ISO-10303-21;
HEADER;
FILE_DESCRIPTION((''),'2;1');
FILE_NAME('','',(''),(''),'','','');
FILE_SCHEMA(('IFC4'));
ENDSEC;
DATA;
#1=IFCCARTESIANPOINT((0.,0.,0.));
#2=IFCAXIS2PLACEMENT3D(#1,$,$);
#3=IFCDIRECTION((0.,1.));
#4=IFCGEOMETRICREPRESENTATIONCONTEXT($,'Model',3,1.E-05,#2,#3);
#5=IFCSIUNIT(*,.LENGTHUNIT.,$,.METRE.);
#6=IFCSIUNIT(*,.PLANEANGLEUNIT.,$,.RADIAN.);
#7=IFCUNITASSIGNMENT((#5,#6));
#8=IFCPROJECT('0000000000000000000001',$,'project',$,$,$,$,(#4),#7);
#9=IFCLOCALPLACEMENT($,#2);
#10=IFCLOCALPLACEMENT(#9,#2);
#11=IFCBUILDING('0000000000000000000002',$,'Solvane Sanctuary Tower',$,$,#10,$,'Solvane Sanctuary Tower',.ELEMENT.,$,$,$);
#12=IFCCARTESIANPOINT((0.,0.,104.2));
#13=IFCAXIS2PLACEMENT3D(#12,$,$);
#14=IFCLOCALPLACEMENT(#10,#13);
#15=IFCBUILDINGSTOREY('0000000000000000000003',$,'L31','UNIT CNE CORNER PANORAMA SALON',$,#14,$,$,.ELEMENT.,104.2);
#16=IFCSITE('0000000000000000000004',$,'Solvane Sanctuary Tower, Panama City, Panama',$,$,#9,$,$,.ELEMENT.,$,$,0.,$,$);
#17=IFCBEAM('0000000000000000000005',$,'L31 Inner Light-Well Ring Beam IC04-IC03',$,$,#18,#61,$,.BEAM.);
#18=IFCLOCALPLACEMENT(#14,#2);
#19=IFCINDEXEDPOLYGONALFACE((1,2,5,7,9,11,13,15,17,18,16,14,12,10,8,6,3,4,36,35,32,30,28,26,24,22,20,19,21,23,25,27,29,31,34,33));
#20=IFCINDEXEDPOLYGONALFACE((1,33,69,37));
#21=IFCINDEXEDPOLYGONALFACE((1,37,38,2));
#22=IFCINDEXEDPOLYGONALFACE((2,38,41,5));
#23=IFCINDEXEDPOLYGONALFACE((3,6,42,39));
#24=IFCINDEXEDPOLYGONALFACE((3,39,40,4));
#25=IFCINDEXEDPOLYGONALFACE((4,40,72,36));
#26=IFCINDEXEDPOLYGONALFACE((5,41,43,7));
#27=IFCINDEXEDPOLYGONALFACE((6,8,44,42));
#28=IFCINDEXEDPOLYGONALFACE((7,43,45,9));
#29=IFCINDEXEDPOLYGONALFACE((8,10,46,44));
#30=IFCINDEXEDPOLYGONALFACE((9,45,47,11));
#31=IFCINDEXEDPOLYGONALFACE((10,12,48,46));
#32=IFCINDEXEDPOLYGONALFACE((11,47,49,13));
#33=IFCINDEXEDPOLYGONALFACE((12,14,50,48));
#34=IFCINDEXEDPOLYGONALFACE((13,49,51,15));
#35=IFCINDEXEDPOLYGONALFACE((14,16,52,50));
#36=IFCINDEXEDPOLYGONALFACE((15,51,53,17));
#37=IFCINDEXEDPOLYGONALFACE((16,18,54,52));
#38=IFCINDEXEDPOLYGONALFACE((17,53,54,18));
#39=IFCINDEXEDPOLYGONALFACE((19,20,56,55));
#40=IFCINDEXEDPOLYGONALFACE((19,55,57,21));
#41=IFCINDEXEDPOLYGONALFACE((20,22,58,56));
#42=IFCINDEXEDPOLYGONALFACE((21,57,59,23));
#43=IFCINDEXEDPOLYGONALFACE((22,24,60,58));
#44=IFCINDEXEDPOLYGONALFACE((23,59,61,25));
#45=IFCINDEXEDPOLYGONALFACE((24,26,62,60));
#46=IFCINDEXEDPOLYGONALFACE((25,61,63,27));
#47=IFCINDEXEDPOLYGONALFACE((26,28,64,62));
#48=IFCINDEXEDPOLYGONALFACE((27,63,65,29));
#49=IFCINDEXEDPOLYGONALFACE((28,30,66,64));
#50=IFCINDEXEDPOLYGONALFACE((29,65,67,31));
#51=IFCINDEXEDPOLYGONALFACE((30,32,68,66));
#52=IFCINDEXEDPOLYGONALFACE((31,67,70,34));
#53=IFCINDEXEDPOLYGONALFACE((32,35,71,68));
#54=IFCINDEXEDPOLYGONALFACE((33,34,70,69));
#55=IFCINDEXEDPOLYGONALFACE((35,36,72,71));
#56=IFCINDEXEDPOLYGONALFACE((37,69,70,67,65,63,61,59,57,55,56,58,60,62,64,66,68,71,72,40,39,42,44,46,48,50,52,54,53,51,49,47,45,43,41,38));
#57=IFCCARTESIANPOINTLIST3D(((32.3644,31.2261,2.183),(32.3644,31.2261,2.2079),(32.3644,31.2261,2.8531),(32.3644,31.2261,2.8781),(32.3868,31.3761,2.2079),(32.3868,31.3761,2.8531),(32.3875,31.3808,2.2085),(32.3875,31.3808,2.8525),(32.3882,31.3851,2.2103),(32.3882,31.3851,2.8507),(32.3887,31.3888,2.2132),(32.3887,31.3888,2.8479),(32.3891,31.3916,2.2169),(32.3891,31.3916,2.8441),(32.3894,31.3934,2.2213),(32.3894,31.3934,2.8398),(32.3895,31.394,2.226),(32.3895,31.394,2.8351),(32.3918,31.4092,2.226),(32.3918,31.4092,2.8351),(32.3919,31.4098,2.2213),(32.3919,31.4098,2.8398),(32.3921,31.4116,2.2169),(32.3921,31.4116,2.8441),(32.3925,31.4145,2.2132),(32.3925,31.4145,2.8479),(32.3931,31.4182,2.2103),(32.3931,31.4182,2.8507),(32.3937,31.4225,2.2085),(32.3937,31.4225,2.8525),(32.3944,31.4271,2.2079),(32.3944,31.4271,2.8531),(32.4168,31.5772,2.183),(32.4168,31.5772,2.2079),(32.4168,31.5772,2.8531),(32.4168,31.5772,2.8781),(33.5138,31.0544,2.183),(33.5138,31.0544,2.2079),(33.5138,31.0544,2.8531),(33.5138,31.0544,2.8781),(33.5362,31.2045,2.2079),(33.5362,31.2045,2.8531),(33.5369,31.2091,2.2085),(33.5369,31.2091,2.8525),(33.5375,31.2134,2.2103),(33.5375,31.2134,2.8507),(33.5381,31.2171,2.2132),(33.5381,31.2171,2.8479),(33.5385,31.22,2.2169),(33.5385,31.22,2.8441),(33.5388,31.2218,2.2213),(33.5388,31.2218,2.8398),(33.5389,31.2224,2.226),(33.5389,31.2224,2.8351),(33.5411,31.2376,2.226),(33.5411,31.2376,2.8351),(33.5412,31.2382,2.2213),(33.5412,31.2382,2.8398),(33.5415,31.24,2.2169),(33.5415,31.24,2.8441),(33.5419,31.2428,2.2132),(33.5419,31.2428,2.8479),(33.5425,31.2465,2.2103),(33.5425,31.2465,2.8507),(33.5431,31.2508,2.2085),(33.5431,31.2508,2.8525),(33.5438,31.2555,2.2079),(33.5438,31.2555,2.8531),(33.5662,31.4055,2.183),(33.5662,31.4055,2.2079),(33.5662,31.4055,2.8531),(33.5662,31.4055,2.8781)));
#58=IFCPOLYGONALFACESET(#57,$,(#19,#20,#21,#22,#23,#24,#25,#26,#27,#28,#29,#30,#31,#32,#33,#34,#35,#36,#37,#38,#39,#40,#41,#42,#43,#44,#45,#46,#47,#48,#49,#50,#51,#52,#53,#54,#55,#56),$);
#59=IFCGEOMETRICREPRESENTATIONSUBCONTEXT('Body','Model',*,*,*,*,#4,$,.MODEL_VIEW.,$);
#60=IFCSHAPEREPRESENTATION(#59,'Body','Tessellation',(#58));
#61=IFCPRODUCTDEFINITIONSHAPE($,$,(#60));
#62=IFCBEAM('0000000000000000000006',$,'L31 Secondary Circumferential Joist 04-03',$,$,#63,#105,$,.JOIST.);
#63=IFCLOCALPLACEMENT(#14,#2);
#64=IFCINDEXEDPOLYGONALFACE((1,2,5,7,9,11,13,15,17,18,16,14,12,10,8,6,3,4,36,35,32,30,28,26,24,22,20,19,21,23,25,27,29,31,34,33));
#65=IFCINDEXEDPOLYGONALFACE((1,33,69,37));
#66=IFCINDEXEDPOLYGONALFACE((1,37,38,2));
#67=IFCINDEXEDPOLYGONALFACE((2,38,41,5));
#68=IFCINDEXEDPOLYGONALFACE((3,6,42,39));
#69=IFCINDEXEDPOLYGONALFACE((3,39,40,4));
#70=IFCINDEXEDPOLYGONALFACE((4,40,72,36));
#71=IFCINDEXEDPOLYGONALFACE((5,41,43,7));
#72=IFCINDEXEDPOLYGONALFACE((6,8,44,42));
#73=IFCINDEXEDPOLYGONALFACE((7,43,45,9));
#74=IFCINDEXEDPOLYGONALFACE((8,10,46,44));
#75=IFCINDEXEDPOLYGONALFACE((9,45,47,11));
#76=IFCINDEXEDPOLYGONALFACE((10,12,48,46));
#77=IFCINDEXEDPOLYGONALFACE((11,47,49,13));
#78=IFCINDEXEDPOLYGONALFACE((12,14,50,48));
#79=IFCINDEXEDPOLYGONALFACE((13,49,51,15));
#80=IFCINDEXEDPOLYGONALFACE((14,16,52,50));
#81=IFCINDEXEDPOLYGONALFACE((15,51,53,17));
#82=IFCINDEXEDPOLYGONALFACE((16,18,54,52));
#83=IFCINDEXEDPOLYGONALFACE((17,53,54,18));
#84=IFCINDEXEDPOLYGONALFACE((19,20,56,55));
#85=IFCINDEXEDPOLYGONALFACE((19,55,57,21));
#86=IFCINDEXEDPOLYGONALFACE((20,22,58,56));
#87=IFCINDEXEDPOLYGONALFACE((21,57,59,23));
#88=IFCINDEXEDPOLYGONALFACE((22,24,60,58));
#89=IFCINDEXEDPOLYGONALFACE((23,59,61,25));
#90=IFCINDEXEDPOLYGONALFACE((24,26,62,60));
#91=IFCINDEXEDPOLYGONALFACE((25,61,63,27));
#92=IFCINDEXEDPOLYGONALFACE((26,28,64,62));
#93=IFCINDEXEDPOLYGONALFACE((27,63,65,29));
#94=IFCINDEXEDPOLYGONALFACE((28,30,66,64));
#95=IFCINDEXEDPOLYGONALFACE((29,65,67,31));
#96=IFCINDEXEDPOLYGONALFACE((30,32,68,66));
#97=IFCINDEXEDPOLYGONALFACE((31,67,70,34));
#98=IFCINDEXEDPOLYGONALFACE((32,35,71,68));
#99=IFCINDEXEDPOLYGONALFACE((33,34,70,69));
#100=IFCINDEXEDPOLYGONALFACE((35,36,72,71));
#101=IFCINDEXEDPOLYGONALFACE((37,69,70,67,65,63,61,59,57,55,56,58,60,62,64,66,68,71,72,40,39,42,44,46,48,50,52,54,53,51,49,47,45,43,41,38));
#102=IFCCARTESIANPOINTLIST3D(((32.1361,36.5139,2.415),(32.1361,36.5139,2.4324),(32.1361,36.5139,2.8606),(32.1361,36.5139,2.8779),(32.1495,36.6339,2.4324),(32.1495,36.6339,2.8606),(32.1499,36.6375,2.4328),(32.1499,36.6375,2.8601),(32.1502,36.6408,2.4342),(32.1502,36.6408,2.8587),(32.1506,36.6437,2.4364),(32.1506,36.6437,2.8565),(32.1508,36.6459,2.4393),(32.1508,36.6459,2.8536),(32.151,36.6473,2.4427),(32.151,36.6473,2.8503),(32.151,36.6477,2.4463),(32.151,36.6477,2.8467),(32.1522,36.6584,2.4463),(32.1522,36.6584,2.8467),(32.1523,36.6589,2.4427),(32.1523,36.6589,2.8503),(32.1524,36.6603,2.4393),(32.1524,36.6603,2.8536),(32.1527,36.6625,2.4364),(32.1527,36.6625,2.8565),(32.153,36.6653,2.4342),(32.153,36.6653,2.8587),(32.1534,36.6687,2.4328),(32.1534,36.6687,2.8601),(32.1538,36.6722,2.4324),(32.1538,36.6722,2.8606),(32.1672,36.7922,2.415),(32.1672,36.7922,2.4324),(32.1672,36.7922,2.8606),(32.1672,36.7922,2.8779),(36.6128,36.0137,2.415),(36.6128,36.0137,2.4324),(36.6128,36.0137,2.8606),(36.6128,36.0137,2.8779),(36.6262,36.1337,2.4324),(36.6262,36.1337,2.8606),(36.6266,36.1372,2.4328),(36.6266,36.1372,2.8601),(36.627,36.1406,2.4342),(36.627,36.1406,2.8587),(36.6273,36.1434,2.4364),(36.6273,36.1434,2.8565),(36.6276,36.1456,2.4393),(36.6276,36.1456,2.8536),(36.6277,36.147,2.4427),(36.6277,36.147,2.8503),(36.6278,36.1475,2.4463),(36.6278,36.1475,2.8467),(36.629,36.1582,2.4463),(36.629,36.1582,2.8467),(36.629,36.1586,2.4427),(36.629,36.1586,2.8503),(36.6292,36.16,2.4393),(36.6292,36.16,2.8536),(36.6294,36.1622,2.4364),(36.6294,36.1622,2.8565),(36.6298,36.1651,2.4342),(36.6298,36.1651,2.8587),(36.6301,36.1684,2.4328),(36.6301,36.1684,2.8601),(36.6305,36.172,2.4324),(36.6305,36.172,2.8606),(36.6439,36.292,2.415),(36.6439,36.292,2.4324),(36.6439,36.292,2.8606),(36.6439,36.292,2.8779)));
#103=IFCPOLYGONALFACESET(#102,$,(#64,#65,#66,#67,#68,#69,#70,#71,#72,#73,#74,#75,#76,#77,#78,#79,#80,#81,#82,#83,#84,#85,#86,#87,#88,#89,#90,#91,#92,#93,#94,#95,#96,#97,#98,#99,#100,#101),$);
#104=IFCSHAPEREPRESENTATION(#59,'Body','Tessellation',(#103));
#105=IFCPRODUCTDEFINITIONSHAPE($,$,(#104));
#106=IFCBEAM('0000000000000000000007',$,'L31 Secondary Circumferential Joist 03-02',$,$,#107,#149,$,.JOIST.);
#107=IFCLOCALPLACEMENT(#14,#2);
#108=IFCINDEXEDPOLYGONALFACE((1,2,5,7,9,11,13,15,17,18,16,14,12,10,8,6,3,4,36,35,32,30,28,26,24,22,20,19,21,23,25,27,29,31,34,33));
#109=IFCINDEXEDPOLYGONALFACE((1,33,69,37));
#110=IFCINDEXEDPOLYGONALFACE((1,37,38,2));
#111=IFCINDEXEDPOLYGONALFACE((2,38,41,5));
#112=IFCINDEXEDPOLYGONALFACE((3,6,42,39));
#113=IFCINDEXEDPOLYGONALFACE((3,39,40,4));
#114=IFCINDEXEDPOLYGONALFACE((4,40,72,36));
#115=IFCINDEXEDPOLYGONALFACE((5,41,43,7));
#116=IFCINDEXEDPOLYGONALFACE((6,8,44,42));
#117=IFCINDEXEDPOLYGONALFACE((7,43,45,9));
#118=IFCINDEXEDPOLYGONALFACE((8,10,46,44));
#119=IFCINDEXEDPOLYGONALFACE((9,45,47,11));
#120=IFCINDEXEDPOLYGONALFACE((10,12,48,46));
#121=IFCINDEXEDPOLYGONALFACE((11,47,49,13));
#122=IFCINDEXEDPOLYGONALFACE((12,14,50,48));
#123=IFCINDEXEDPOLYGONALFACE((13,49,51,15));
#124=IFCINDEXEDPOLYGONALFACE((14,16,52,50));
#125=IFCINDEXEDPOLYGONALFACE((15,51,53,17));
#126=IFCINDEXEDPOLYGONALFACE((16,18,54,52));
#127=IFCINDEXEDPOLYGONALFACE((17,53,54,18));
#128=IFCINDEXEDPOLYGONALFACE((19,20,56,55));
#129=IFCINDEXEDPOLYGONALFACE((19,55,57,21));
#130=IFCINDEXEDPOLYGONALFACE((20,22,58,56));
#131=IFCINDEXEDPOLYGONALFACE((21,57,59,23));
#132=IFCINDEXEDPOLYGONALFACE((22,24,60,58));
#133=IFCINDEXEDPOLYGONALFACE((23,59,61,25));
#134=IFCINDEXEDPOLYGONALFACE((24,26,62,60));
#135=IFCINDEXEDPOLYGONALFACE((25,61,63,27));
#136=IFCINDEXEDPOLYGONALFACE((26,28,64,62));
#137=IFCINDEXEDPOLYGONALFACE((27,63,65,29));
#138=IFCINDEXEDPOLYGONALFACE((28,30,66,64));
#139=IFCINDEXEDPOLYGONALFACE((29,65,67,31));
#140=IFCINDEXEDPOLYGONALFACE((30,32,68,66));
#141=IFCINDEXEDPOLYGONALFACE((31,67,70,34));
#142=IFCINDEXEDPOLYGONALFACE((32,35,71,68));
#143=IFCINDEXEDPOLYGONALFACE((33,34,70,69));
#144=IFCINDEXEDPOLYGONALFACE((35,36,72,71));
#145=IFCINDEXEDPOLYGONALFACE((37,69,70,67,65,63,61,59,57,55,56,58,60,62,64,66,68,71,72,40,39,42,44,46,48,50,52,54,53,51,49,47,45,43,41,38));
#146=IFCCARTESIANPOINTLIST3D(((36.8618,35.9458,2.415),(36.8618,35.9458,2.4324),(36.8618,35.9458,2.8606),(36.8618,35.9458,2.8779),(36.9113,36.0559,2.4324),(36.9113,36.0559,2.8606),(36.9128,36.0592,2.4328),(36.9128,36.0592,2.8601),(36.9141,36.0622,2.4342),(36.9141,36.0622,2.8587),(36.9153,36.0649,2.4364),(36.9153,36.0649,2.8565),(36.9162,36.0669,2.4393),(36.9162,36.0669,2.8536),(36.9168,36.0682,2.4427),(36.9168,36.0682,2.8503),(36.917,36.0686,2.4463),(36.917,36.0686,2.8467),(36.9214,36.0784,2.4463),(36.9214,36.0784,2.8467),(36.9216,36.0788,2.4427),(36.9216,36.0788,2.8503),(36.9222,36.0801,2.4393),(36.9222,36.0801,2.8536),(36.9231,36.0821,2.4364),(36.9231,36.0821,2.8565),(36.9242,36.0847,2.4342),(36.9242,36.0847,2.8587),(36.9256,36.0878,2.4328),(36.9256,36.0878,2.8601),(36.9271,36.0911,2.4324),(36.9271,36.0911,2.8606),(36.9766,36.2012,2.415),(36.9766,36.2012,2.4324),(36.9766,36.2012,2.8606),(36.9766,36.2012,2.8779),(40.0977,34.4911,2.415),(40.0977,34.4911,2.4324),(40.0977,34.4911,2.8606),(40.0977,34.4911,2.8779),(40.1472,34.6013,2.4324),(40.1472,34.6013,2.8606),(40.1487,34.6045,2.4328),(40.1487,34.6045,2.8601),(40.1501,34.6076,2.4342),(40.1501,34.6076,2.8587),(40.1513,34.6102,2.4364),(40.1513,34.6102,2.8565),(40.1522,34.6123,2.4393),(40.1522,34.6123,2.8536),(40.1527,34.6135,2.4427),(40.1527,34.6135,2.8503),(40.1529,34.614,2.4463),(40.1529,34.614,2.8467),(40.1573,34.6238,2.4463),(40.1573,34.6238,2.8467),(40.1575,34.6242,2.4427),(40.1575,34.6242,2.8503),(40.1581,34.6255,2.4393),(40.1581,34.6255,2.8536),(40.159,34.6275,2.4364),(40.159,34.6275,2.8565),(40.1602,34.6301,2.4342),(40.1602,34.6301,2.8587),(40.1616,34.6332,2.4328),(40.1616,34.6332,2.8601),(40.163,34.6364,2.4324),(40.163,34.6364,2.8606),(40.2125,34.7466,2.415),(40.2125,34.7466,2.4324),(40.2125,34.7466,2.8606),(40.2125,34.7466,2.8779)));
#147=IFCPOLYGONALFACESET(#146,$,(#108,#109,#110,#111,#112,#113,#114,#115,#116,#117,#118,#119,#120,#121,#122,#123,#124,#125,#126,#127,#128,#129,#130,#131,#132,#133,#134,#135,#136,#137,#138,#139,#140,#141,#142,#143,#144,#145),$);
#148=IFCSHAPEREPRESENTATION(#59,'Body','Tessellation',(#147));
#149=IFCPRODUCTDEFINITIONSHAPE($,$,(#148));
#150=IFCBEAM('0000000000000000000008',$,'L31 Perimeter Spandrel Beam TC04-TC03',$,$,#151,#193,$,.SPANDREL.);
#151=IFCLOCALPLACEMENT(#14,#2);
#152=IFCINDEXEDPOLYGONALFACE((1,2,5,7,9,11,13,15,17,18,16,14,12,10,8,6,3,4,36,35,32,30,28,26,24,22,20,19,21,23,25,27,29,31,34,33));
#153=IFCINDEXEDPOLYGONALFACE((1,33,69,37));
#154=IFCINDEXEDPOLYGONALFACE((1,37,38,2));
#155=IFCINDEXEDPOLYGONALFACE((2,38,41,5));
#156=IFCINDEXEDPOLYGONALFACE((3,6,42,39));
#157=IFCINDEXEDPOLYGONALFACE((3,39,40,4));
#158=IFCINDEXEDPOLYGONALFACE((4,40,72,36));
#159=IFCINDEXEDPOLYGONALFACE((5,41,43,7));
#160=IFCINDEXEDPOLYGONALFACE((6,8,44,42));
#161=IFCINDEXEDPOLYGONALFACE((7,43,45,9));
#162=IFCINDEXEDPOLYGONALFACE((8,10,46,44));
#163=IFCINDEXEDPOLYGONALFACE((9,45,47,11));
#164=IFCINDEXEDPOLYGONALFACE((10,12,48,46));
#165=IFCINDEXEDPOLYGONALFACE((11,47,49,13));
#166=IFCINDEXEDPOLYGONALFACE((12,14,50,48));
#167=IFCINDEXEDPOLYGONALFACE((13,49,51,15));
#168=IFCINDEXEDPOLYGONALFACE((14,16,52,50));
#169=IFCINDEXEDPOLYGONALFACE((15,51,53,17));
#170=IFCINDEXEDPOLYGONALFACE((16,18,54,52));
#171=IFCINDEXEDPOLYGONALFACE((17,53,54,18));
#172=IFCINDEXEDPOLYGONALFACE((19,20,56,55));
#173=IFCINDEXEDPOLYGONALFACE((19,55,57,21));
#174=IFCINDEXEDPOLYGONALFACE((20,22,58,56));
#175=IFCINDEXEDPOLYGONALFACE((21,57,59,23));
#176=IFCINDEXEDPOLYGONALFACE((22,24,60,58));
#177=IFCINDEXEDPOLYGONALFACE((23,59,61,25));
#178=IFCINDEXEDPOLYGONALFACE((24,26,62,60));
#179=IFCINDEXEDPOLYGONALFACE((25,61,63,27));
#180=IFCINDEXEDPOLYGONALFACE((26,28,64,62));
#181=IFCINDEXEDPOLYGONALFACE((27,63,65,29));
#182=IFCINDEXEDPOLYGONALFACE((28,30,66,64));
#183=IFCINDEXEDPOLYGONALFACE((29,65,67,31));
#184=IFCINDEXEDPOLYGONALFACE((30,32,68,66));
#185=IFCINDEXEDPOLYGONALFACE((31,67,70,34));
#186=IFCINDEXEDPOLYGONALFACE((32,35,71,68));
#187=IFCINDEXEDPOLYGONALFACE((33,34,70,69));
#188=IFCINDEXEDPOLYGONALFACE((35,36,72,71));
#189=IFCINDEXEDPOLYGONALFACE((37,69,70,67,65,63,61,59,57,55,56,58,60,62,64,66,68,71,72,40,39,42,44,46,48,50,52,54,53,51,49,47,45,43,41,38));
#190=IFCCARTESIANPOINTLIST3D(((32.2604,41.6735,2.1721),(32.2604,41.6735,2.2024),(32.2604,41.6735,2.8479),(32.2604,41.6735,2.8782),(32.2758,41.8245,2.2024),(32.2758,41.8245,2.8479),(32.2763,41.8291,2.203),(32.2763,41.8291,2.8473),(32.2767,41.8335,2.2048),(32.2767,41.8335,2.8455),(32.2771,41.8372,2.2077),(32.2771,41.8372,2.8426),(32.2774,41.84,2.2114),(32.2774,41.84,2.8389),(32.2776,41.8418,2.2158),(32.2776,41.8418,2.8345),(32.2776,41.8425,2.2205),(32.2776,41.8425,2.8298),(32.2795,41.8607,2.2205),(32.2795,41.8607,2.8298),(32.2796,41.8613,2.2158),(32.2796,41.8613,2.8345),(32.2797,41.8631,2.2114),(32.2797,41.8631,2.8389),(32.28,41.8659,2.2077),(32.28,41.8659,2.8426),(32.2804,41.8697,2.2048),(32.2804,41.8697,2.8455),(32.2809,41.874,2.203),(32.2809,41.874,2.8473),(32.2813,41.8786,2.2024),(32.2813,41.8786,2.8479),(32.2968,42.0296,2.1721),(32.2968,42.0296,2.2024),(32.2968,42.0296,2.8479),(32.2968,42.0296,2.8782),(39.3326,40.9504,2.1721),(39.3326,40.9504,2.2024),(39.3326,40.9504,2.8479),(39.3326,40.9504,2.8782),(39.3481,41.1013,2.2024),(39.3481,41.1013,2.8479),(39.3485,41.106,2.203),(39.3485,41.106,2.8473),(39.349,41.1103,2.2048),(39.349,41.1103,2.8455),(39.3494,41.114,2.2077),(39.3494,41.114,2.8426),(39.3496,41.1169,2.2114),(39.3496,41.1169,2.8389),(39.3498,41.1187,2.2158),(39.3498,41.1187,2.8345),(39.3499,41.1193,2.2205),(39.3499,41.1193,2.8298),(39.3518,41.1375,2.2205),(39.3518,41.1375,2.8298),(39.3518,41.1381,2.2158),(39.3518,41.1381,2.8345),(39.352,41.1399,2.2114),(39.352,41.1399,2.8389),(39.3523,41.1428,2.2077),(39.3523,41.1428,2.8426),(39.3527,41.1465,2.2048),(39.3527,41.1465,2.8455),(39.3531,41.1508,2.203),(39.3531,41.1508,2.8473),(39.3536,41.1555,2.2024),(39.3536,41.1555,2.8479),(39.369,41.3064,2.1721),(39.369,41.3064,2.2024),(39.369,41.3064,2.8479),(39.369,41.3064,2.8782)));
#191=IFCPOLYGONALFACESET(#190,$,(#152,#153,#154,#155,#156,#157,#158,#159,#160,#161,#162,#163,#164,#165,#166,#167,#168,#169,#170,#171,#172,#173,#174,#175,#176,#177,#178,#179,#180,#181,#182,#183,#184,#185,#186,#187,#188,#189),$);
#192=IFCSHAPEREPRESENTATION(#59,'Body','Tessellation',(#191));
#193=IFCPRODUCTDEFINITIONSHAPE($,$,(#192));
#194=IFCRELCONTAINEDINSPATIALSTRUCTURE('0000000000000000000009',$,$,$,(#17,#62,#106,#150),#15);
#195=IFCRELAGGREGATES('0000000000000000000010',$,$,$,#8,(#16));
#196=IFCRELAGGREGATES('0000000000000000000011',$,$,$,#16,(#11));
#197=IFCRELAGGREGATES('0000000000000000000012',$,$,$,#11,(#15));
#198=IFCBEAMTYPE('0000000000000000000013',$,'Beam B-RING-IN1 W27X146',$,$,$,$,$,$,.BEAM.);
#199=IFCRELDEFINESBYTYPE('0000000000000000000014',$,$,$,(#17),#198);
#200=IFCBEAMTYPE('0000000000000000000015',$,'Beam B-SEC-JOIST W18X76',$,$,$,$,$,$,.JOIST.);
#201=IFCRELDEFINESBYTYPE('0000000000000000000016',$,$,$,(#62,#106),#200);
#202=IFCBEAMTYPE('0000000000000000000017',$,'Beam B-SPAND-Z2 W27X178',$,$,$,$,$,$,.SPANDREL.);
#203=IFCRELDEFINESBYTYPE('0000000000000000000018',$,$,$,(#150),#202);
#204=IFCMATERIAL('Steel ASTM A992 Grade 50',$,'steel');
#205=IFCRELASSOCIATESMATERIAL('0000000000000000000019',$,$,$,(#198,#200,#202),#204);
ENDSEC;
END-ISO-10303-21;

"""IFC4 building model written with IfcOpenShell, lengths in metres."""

from ifc_helpers import new_model, si_unit, direction, frame, origin, origin_2d, place, context, subcontext, project, spatial, i_section, extrude, material, material_profile, profile_set, type_object, element, save


model = new_model("IFC4")

# Units and contexts
model_context = context("Model", 3, precision=1e-05, world=origin(), true_north=direction((0.0, 1.0)))
body_context = subcontext(model_context, "Body", "Model", "MODEL_VIEW")
ifc_project = project(units=[si_unit("LENGTHUNIT", "METRE"), si_unit("PLANEANGLEUNIT", "RADIAN")], contexts=[model_context])

# Site, building, storey
site_placement = place(None, origin())
site = spatial("IfcSite", under=ifc_project, at=site_placement, Name="Solvane Sanctuary Tower, Panama City, Panama", CompositionType="ELEMENT", RefElevation=0.0)
building_placement = place(site_placement, origin())
building = spatial("IfcBuilding", under=site, at=building_placement, Name="Solvane Sanctuary Tower", LongName="Solvane Sanctuary Tower", CompositionType="ELEMENT")
storey_placement = place(building_placement, frame((0.0, 0.0, 104.2)))
storey = spatial("IfcBuildingStorey", under=building, at=storey_placement, Name="L31", Description="UNIT CNE CORNER PANORAMA SALON", CompositionType="ELEMENT", Elevation=104.2)

# Beams
ifc_material_1 = material(Name="Steel ASTM A992 Grade 50", Category="steel")
ifc_material_profile_1 = material_profile(ifc_material_1, i_section(OverallWidth=0.355, OverallDepth=0.6951, WebThickness=0.0154, FlangeThickness=0.0249, FilletRadius=0.0181, at=origin_2d()), Name="W27X146")
ifc_profile_set_1 = profile_set([ifc_material_profile_1], Name="Steel ASTM A992 Grade 50")
beam_type_1 = type_object("IfcBeamType", Name="Beam B-RING-IN1 W27X146", PredefinedType="BEAM", material=ifc_profile_set_1)
beam_1_placement = place(storey_placement, frame((32.3906, 31.4016, 2.5305), z_axis=(0.989035, -0.147683, 0.0), x_axis=(0.147683, 0.989035, 0.0)))
element("IfcBeam", 1, at=beam_1_placement, inside=storey, type_object=beam_type_1, Name="L31 Inner Light-Well Ring Beam IC04-IC03", PredefinedType="BEAM", context=body_context, shape_type="SweptSolid", body=[
    extrude(i_section(OverallWidth=0.355, OverallDepth=0.6951, WebThickness=0.0154, FlangeThickness=0.0249, FilletRadius=0.0181, at=origin_2d()), origin(), (0.0, 0.0, 1.0), 1.1621),
])
ifc_material_profile_2 = material_profile(ifc_material_1, i_section(OverallWidth=0.28, OverallDepth=0.4629, WebThickness=0.0107, FlangeThickness=0.0173, FilletRadius=0.0139, at=origin_2d()), Name="W18X76")
ifc_profile_set_2 = profile_set([ifc_material_profile_2], Name="Steel ASTM A992 Grade 50")
beam_type_2 = type_object("IfcBeamType", Name="Beam B-SEC-JOIST W18X76", PredefinedType="JOIST", material=ifc_profile_set_2)
beam_2_placement = place(storey_placement, frame((32.1516, 36.6531, 2.6465), z_axis=(0.993815, -0.11105, 0.0), x_axis=(0.11105, 0.993815, 0.0)))
element("IfcBeam", 2, at=beam_2_placement, inside=storey, type_object=beam_type_2, Name="L31 Secondary Circumferential Joist 04-03", PredefinedType="JOIST", context=body_context, shape_type="SweptSolid", body=[
    extrude(i_section(OverallWidth=0.28, OverallDepth=0.4629, WebThickness=0.0107, FlangeThickness=0.0173, FilletRadius=0.0139, at=origin_2d()), origin(), (0.0, 0.0, 1.0), 4.5046),
])
beam_3_placement = place(storey_placement, frame((36.9192, 36.0735, 2.6465), z_axis=(0.912084, -0.410004, 0.0), x_axis=(0.410004, 0.912084, 0.0)))
element("IfcBeam", 3, at=beam_3_placement, inside=storey, type_object=beam_type_2, Name="L31 Secondary Circumferential Joist 03-02", PredefinedType="JOIST", context=body_context, shape_type="SweptSolid", body=[
    extrude(i_section(OverallWidth=0.28, OverallDepth=0.4629, WebThickness=0.0107, FlangeThickness=0.0173, FilletRadius=0.0139, at=origin_2d()), origin(), (0.0, 0.0, 1.0), 3.5479),
])
ifc_material_profile_3 = material_profile(ifc_material_1, i_section(OverallWidth=0.3579, OverallDepth=0.7061, WebThickness=0.0183, FlangeThickness=0.0303, FilletRadius=0.0181, at=origin_2d()), Name="W27X178")
ifc_profile_set_3 = profile_set([ifc_material_profile_3], Name="Steel ASTM A992 Grade 50")
beam_type_3 = type_object("IfcBeamType", Name="Beam B-SPAND-Z2 W27X178", PredefinedType="SPANDREL", material=ifc_profile_set_3)
beam_4_placement = place(storey_placement, frame((32.2786, 41.8516, 2.5251), z_axis=(0.994813, -0.10172, 0.0), x_axis=(0.10172, 0.994813, 0.0)))
element("IfcBeam", 4, at=beam_4_placement, inside=storey, type_object=beam_type_3, Name="L31 Perimeter Spandrel Beam TC04-TC03", PredefinedType="SPANDREL", context=body_context, shape_type="SweptSolid", body=[
    extrude(i_section(OverallWidth=0.3579, OverallDepth=0.7061, WebThickness=0.0183, FlangeThickness=0.0303, FilletRadius=0.0181, at=origin_2d()), origin(), (0.0, 0.0, 1.0), 7.1091),
])

save(model, "model.ifc")
